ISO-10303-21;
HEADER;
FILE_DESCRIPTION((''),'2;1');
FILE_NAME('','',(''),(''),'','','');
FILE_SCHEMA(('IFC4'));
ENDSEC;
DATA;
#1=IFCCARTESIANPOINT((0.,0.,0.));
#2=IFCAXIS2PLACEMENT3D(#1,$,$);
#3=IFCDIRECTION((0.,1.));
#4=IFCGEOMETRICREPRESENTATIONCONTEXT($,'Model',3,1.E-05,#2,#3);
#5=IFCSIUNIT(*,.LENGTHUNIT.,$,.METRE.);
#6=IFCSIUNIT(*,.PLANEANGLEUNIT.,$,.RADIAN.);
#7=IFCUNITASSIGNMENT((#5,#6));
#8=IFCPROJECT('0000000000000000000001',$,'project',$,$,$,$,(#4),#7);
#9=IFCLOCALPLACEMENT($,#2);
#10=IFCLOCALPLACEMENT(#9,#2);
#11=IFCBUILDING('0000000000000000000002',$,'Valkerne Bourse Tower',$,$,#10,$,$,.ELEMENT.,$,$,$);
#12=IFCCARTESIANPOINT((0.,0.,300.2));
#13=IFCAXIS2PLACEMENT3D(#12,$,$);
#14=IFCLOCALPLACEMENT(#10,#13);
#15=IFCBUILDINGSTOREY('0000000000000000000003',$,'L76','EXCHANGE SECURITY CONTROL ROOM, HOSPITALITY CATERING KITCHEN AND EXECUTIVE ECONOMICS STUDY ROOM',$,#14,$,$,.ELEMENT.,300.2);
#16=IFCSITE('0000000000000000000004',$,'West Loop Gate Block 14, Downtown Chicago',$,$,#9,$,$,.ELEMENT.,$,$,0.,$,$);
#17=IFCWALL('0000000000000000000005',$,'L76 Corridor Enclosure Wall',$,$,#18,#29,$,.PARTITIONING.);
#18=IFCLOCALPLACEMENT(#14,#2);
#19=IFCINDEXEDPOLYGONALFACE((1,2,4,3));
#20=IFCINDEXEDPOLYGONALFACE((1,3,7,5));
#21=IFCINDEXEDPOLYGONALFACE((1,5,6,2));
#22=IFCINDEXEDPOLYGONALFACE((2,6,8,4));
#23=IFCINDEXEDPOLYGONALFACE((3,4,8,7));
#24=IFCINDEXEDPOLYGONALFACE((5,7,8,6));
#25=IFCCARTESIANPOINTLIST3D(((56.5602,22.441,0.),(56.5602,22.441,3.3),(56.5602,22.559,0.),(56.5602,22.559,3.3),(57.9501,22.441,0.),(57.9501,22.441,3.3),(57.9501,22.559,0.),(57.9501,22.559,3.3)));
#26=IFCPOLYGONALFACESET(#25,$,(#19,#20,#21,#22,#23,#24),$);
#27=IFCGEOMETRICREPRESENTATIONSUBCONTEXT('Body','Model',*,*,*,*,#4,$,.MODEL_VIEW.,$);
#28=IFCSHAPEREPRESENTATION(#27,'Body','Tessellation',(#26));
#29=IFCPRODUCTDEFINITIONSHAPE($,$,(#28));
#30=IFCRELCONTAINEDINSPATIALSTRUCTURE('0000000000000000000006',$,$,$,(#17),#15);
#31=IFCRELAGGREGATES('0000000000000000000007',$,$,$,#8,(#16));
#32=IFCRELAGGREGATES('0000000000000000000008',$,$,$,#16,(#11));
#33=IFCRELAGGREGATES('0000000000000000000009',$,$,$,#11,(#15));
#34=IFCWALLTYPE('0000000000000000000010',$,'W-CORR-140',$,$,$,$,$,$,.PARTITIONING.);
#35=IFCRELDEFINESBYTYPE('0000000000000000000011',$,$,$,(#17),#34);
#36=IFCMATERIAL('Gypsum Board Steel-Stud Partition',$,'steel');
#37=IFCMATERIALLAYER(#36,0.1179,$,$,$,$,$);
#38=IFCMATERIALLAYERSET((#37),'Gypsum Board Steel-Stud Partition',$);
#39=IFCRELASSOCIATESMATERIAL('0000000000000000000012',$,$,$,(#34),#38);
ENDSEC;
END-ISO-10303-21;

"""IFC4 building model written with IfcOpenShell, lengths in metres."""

from ifc_helpers import new_model, si_unit, direction, frame, frame_2d, origin, place, context, subcontext, project, spatial, rectangle, extrude, material, layer, layer_set, type_object, element, save


model = new_model("IFC4")

# Units and contexts
model_context = context("Model", 3, precision=1e-05, world=origin(), true_north=direction((0.0, 1.0)))
body_context = subcontext(model_context, "Body", "Model", "MODEL_VIEW")
ifc_project = project(units=[si_unit("LENGTHUNIT", "METRE"), si_unit("PLANEANGLEUNIT", "RADIAN")], contexts=[model_context])

# Site, building, storey
site_placement = place(None, origin())
site = spatial("IfcSite", under=ifc_project, at=site_placement, Name="West Loop Gate Block 14, Downtown Chicago", CompositionType="ELEMENT", RefElevation=0.0)
building_placement = place(site_placement, origin())
building = spatial("IfcBuilding", under=site, at=building_placement, Name="Valkerne Bourse Tower", CompositionType="ELEMENT")
storey_placement = place(building_placement, frame((0.0, 0.0, 300.2)))
storey = spatial("IfcBuildingStorey", under=building, at=storey_placement, Name="L76", Description="EXCHANGE SECURITY CONTROL ROOM, HOSPITALITY CATERING KITCHEN AND EXECUTIVE ECONOMICS STUDY ROOM", CompositionType="ELEMENT", Elevation=300.2)

# Wall
ifc_material_1 = material(Name="Gypsum Board Steel-Stud Partition", Category="steel")
ifc_layer_1 = layer(ifc_material_1, 0.1179)
ifc_layer_set_1 = layer_set([ifc_layer_1], Name="Gypsum Board Steel-Stud Partition")
wall_type = type_object("IfcWallType", Name="W-CORR-140", PredefinedType="PARTITIONING", material=ifc_layer_set_1)
wall_1_placement = place(storey_placement, frame((57.95, 22.5, 0.0), z_axis=(0.0, 0.0, 1.0), x_axis=(-1.0, 0.0, 0.0)))
element("IfcWall", 1, at=wall_1_placement, inside=storey, type_object=wall_type, Name="L76 Corridor Enclosure Wall", PredefinedType="PARTITIONING", context=body_context, shape_type="SweptSolid", body=[
    extrude(rectangle(XDim=1.3899, YDim=0.1179, at=frame_2d((0.6948, 0.0))), origin(), (0.0, 0.0, 1.0), 3.3),
])

save(model, "model.ifc")
